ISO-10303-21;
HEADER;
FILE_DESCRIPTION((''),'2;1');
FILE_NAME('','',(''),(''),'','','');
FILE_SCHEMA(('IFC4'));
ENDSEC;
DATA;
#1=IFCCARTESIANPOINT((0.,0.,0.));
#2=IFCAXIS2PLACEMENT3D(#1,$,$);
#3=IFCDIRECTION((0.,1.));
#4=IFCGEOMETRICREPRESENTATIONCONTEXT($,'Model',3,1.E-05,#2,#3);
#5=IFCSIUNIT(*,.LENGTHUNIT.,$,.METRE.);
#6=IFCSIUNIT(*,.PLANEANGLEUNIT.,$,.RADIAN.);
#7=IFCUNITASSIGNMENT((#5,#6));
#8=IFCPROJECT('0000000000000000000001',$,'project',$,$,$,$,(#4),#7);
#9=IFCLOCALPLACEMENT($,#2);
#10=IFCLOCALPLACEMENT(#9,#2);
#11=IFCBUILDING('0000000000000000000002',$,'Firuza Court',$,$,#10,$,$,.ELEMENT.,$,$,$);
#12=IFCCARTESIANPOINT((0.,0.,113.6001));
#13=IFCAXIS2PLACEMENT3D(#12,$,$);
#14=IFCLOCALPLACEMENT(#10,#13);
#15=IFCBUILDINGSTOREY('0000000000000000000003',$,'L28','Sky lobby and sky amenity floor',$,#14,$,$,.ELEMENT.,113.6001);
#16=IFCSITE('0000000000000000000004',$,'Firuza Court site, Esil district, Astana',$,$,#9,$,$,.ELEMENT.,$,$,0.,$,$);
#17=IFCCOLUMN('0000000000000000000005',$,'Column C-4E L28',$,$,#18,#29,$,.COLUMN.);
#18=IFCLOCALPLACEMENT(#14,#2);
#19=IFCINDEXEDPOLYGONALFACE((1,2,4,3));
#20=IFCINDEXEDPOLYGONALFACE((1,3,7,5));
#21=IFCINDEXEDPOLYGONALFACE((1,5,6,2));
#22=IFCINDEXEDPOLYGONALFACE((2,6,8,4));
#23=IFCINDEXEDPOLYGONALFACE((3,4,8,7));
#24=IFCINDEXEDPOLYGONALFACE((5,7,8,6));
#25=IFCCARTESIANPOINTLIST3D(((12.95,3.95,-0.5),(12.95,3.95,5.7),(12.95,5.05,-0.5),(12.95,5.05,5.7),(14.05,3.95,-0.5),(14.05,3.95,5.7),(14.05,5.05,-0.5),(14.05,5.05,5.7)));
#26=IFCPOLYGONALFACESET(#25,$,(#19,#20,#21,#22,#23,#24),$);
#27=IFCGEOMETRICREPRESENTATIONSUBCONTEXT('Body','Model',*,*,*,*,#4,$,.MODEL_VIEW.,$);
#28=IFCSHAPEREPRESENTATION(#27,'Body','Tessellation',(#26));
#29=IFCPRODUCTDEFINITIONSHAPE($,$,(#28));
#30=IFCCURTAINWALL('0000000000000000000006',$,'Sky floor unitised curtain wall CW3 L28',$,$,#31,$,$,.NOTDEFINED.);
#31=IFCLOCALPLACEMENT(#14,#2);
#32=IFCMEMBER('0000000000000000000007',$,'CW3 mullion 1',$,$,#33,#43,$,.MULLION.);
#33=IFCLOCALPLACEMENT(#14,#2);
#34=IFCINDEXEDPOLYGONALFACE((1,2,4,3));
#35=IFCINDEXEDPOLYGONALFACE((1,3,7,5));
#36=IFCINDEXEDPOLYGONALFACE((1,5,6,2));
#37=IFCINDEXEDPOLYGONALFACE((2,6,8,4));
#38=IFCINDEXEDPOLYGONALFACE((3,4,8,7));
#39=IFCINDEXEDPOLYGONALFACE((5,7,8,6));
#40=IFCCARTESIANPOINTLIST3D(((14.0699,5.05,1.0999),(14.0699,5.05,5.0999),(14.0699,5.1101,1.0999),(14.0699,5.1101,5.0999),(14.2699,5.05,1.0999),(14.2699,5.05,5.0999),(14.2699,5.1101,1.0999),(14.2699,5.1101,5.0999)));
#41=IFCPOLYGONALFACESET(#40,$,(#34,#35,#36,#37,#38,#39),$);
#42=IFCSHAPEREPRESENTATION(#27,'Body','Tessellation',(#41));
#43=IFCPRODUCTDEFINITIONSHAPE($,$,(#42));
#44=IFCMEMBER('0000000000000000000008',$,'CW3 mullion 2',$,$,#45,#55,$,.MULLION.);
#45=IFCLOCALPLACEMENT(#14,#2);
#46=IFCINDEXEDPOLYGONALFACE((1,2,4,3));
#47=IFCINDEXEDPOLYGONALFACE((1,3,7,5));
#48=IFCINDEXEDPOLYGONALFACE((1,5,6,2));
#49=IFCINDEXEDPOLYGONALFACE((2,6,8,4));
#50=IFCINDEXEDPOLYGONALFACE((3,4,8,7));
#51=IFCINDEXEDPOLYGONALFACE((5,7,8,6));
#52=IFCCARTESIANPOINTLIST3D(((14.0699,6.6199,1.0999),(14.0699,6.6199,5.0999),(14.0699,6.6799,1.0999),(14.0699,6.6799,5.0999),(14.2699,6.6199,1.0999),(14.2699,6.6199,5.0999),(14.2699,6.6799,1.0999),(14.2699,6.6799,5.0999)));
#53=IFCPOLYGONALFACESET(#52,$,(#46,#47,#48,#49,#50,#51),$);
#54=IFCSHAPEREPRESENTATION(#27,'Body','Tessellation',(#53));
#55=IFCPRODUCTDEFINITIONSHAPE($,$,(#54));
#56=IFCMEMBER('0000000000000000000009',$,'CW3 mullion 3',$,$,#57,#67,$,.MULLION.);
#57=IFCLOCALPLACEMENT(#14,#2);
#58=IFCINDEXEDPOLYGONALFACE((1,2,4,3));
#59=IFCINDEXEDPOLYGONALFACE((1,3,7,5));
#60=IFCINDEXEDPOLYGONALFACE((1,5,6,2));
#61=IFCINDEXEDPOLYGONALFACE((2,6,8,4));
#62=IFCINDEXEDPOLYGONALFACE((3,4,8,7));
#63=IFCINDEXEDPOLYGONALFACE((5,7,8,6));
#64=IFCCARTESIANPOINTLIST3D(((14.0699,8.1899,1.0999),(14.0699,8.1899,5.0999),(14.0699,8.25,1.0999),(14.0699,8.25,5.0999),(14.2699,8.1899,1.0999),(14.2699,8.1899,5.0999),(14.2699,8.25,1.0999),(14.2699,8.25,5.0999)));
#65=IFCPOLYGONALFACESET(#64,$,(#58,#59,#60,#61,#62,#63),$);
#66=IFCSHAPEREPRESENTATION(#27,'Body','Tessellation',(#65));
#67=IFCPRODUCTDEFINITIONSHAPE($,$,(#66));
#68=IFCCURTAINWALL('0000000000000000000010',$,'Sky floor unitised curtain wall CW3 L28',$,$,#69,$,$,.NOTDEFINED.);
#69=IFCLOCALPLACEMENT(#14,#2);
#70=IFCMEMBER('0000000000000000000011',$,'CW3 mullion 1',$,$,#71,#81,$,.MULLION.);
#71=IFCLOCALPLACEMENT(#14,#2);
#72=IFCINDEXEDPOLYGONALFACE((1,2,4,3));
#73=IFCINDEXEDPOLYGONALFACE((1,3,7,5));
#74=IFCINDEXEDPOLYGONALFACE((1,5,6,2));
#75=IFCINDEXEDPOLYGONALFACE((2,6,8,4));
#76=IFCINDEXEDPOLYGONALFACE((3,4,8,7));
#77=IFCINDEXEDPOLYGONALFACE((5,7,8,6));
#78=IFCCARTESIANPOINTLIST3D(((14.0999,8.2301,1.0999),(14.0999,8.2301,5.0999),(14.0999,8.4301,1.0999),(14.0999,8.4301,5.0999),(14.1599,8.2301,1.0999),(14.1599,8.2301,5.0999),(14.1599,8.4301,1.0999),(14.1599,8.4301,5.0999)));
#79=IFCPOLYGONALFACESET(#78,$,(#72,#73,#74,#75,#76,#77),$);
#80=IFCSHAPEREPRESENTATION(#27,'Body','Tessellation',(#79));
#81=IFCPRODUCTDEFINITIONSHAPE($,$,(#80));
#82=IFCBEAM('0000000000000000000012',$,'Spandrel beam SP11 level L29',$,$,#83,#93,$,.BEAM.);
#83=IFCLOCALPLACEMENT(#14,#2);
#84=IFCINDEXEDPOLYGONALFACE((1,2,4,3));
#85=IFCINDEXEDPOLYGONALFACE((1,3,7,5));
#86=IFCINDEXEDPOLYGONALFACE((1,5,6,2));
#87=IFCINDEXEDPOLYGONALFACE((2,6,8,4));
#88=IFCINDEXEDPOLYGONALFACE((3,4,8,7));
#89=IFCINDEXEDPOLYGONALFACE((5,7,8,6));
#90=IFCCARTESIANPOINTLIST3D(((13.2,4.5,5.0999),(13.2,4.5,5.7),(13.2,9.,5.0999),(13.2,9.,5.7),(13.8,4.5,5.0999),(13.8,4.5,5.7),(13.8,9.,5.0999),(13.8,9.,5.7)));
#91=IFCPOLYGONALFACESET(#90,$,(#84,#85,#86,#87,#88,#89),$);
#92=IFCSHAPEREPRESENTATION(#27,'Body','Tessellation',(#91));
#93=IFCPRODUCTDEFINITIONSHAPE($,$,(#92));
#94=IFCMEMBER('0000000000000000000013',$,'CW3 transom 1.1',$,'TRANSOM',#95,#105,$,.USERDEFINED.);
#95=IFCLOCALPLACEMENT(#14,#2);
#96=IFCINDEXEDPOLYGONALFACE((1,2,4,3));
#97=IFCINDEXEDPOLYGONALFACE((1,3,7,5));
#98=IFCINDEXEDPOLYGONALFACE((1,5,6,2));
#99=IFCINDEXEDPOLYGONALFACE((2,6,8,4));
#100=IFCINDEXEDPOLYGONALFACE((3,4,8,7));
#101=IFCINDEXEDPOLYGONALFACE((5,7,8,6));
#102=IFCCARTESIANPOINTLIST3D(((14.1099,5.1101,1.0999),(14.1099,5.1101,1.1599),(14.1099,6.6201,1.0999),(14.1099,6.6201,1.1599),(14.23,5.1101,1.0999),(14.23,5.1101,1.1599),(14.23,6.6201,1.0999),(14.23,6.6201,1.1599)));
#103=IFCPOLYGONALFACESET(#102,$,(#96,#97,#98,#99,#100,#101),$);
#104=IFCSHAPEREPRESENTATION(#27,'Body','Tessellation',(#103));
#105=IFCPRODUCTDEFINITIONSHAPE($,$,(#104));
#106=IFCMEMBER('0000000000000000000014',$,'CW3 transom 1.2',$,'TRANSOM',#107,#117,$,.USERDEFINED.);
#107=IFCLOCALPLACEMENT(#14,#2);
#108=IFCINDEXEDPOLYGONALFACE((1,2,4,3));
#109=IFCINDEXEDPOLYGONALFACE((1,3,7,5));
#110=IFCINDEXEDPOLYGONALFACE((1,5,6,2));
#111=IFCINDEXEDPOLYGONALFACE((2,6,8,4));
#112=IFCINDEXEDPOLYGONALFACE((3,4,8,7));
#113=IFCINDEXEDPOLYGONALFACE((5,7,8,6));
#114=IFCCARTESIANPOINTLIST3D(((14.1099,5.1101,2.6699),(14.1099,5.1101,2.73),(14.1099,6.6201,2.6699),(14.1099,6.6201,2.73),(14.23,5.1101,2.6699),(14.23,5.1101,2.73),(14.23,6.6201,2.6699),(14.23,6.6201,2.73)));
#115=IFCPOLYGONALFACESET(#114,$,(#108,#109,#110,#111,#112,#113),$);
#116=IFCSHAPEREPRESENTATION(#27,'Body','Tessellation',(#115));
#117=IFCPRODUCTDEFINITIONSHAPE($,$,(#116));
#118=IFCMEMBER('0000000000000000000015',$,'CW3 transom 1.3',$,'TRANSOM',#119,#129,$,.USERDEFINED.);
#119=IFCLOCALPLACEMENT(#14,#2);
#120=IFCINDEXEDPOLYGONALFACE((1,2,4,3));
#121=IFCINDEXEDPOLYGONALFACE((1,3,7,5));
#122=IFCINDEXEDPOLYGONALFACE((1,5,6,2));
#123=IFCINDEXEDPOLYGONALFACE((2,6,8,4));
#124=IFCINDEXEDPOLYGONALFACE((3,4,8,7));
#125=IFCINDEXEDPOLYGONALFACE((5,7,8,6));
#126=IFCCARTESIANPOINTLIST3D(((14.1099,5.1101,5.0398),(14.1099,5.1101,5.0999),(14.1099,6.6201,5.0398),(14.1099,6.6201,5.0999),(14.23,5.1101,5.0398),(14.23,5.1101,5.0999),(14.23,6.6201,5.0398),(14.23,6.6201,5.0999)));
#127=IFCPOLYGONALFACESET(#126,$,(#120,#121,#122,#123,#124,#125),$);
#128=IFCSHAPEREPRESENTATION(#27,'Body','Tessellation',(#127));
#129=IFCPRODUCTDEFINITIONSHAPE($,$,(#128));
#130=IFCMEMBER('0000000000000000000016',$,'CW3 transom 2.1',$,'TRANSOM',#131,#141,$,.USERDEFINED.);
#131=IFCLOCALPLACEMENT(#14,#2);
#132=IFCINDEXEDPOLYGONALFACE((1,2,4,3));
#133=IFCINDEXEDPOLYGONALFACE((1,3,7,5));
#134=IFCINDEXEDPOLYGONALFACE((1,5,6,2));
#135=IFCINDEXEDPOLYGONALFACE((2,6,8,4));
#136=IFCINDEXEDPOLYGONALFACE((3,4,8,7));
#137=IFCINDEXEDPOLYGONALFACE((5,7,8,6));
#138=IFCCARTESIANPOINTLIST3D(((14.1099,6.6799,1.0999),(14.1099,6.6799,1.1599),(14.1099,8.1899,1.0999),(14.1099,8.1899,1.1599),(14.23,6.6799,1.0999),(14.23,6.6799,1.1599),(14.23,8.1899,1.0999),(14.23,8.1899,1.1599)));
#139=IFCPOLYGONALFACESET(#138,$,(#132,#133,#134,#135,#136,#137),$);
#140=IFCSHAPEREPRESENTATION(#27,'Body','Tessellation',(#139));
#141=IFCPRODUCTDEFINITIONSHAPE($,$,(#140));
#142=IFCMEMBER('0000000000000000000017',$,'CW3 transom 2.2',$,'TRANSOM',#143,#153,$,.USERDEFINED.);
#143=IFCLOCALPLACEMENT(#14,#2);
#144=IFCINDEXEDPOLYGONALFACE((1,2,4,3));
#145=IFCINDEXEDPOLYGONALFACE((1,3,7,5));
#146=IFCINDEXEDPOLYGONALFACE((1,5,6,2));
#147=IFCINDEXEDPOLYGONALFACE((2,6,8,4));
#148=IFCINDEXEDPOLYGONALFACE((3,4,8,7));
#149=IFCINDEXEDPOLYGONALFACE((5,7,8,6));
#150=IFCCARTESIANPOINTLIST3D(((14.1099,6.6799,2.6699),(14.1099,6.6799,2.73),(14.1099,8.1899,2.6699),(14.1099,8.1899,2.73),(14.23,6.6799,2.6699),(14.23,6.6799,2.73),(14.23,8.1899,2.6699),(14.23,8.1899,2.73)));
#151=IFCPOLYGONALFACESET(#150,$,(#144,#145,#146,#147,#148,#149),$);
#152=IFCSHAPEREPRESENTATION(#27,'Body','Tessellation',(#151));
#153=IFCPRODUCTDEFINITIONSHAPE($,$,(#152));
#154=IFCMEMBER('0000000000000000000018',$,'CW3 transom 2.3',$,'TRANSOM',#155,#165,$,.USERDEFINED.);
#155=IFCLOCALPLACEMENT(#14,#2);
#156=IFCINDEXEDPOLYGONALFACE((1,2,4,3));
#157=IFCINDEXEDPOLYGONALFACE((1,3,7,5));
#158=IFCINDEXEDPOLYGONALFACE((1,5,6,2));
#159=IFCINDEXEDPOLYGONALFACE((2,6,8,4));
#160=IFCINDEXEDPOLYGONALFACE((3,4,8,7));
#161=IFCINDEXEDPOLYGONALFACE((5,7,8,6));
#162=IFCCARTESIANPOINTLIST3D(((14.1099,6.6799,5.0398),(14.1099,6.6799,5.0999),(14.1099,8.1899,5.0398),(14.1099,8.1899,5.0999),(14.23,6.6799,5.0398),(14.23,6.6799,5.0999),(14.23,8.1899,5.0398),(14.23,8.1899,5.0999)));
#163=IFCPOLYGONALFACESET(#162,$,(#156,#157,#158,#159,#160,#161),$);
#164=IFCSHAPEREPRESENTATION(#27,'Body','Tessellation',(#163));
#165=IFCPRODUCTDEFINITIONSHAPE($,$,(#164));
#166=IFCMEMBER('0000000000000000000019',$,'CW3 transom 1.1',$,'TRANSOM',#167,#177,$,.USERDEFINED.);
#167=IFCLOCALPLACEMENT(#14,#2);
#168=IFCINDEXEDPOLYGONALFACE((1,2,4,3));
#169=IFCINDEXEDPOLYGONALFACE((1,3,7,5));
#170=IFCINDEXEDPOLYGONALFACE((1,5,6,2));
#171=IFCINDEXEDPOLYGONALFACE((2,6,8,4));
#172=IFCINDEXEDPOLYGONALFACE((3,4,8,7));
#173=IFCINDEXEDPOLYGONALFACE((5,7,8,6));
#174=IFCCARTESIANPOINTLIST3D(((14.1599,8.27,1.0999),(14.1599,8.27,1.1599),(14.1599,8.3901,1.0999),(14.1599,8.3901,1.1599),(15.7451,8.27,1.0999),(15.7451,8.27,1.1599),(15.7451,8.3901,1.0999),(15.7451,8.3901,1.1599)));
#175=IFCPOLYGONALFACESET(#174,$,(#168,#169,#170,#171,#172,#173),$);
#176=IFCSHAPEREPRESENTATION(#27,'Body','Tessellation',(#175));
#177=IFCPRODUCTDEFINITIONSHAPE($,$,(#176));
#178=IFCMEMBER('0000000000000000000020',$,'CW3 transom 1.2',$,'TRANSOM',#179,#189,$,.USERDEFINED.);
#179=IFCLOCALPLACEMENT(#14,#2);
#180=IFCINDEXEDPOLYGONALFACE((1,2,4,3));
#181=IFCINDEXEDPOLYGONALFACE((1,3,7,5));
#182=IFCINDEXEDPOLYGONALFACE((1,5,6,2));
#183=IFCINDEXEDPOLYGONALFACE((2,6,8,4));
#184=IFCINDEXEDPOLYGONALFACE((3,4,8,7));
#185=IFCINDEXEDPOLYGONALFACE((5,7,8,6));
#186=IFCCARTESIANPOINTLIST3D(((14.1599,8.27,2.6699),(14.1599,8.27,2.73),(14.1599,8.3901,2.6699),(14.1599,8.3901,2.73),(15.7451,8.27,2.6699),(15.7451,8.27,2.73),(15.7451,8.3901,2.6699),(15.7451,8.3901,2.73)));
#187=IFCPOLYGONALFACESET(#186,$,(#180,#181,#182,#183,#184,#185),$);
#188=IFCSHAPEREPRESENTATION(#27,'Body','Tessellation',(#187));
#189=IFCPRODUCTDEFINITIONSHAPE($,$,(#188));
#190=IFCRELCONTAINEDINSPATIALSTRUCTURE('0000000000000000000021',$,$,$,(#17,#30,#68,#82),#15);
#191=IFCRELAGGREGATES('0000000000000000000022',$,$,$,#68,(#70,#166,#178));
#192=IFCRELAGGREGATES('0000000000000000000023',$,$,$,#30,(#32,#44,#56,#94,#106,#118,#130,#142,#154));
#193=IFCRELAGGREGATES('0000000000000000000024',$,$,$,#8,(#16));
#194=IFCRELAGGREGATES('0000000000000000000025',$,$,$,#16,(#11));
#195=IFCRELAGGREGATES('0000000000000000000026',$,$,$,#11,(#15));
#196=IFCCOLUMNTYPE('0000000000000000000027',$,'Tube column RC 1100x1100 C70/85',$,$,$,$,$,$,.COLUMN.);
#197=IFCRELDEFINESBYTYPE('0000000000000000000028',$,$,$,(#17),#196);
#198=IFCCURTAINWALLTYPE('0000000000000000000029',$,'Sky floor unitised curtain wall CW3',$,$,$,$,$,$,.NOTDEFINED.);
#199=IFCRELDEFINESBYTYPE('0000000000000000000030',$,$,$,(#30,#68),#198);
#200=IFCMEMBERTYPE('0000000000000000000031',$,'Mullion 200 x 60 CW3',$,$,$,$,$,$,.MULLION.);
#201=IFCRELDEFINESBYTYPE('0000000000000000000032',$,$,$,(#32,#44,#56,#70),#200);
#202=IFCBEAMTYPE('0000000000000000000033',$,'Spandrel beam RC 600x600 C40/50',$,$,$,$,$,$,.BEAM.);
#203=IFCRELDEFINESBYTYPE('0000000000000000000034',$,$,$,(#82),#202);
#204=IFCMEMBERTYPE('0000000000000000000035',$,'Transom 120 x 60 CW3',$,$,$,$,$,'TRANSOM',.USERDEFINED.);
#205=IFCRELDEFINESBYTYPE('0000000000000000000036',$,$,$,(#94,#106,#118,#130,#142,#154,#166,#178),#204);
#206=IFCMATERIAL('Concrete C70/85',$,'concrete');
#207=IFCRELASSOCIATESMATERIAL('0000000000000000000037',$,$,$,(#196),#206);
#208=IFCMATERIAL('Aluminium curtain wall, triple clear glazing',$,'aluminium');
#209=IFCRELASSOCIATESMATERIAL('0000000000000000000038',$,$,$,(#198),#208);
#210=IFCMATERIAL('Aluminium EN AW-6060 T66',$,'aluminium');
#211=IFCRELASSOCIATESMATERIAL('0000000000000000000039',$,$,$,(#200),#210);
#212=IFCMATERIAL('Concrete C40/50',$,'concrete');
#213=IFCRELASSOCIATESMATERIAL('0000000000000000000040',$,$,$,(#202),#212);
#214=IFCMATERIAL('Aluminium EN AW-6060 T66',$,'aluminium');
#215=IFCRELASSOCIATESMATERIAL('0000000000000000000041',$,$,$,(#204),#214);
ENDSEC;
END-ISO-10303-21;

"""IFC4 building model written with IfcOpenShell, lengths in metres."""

from ifc_helpers import new_model, si_unit, direction, frame, origin, origin_2d, place, context, subcontext, project, spatial, rectangle, extrude, material, material_profile, profile_set, type_object, element, aggregate, save


model = new_model("IFC4")

# Units and contexts
model_context = context("Model", 3, precision=1e-05, world=origin(), true_north=direction((0.0, 1.0)))
body_context = subcontext(model_context, "Body", "Model", "MODEL_VIEW")
ifc_project = project(units=[si_unit("LENGTHUNIT", "METRE"), si_unit("PLANEANGLEUNIT", "RADIAN")], contexts=[model_context])

# Site, building, storey
site_placement = place(None, origin())
site = spatial("IfcSite", under=ifc_project, at=site_placement, Name="Firuza Court site, Esil district, Astana", CompositionType="ELEMENT", RefElevation=0.0)
building_placement = place(site_placement, origin())
building = spatial("IfcBuilding", under=site, at=building_placement, Name="Firuza Court", CompositionType="ELEMENT")
storey_placement = place(building_placement, frame((0.0, 0.0, 113.6001)))
storey = spatial("IfcBuildingStorey", under=building, at=storey_placement, Name="L28", Description="Sky lobby and sky amenity floor", CompositionType="ELEMENT", Elevation=113.6001)

# Column
ifc_material_1 = material(Name="Concrete C70/85", Category="concrete")
ifc_material_profile_1 = material_profile(ifc_material_1, rectangle(XDim=1.1001, YDim=1.1001, at=origin_2d()), Name="RC 1100x1100")
ifc_profile_set_1 = profile_set([ifc_material_profile_1], Name="Concrete C70/85")
column_type = type_object("IfcColumnType", Name="Tube column RC 1100x1100 C70/85", PredefinedType="COLUMN", material=ifc_profile_set_1)
column_placement = place(storey_placement, frame((13.5, 4.5, -0.5), z_axis=(0.0, 0.0, 1.0), x_axis=(1.0, 0.0, 0.0)))
element("IfcColumn", 1, at=column_placement, inside=storey, type_object=column_type, Name="Column C-4E L28", PredefinedType="COLUMN", context=body_context, shape_type="SweptSolid", body=[
    extrude(rectangle(XDim=1.1001, YDim=1.1001, at=origin_2d()), origin(), (0.0, 0.0, 1.0), 6.2),
])

# Curtain wall, members
ifc_material_2 = material(Name="Aluminium curtain wall, triple clear glazing", Category="aluminium")
curtain_wall_type = type_object("IfcCurtainWallType", Name="Sky floor unitised curtain wall CW3", PredefinedType="NOTDEFINED", material=ifc_material_2)
curtain_wall_1_placement = place(storey_placement, origin())
curtain_wall_1 = element("IfcCurtainWall", 2, at=curtain_wall_1_placement, inside=storey, type_object=curtain_wall_type, Name="Sky floor unitised curtain wall CW3 L28", PredefinedType="NOTDEFINED")
ifc_material_3 = material(Name="Aluminium EN AW-6060 T66", Category="aluminium")
ifc_material_profile_2 = material_profile(ifc_material_3, rectangle(XDim=0.2, YDim=0.0601, at=origin_2d()), Name="Mullion 200 x 60 CW3")
ifc_profile_set_2 = profile_set([ifc_material_profile_2], Name="Aluminium EN AW-6060 T66")
member_type_1 = type_object("IfcMemberType", Name="Mullion 200 x 60 CW3", PredefinedType="MULLION", material=ifc_profile_set_2)
member_1_placement = place(storey_placement, frame((14.1699, 5.0801, 1.0999), z_axis=(0.0, 0.0, 1.0), x_axis=(-1.0, 0.0, 0.0)))
member_1 = element("IfcMember", 3, at=member_1_placement, type_object=member_type_1, Name="CW3 mullion 1", PredefinedType="MULLION", context=body_context, shape_type="SweptSolid", body=[
    extrude(rectangle(XDim=0.2, YDim=0.0601, at=origin_2d()), origin(), (0.0, 0.0, 1.0), 4.0),
])
member_2_placement = place(storey_placement, frame((14.1699, 6.6499, 1.0999), z_axis=(0.0, 0.0, 1.0), x_axis=(-1.0, 0.0, 0.0)))
member_2 = element("IfcMember", 4, at=member_2_placement, type_object=member_type_1, Name="CW3 mullion 2", PredefinedType="MULLION", context=body_context, shape_type="SweptSolid", body=[
    extrude(rectangle(XDim=0.2, YDim=0.0601, at=origin_2d()), origin(), (0.0, 0.0, 1.0), 4.0),
])
member_3_placement = place(storey_placement, frame((14.1699, 8.22, 1.0999), z_axis=(0.0, 0.0, 1.0), x_axis=(-1.0, 0.0, 0.0)))
member_3 = element("IfcMember", 5, at=member_3_placement, type_object=member_type_1, Name="CW3 mullion 3", PredefinedType="MULLION", context=body_context, shape_type="SweptSolid", body=[
    extrude(rectangle(XDim=0.2, YDim=0.0601, at=origin_2d()), origin(), (0.0, 0.0, 1.0), 4.0),
])

# Curtain wall, member
curtain_wall_2_placement = place(storey_placement, origin())
curtain_wall_2 = element("IfcCurtainWall", 6, at=curtain_wall_2_placement, inside=storey, type_object=curtain_wall_type, Name="Sky floor unitised curtain wall CW3 L28", PredefinedType="NOTDEFINED")
member_4_placement = place(storey_placement, frame((14.1299, 8.3301, 1.0999), z_axis=(0.0, 0.0, 1.0), x_axis=(0.0, 1.0, 0.0)))
member_4 = element("IfcMember", 7, at=member_4_placement, type_object=member_type_1, Name="CW3 mullion 1", PredefinedType="MULLION", context=body_context, shape_type="SweptSolid", body=[
    extrude(rectangle(XDim=0.2, YDim=0.0601, at=origin_2d()), origin(), (0.0, 0.0, 1.0), 4.0),
])

# Beam
ifc_material_4 = material(Name="Concrete C40/50", Category="concrete")
ifc_material_profile_3 = material_profile(ifc_material_4, rectangle(XDim=0.6001, YDim=0.6001, at=origin_2d()), Name="RC 600x600")
ifc_profile_set_3 = profile_set([ifc_material_profile_3], Name="Concrete C40/50")
beam_type = type_object("IfcBeamType", Name="Spandrel beam RC 600x600 C40/50", PredefinedType="BEAM", material=ifc_profile_set_3)
beam_placement = place(storey_placement, frame((13.5, 4.5, 5.3999), z_axis=(0.0, 1.0, 0.0), x_axis=(-1.0, 0.0, 0.0)))
element("IfcBeam", 8, at=beam_placement, inside=storey, type_object=beam_type, Name="Spandrel beam SP11 level L29", PredefinedType="BEAM", context=body_context, shape_type="SweptSolid", body=[
    extrude(rectangle(XDim=0.6001, YDim=0.6001, at=origin_2d()), origin(), (0.0, 0.0, 1.0), 4.5),
])

# Members
ifc_material_5 = material(Name="Aluminium EN AW-6060 T66", Category="aluminium")
ifc_material_profile_4 = material_profile(ifc_material_5, rectangle(XDim=0.1201, YDim=0.0601, at=origin_2d()), Name="Transom 120 x 60 CW3")
ifc_profile_set_4 = profile_set([ifc_material_profile_4], Name="Aluminium EN AW-6060 T66")
member_type_2 = type_object("IfcMemberType", Name="Transom 120 x 60 CW3", ElementType="TRANSOM", PredefinedType="USERDEFINED", material=ifc_profile_set_4)
member_5_placement = place(storey_placement, frame((14.1699, 5.1101, 1.1299), z_axis=(0.0, 1.0, 0.0), x_axis=(-1.0, 0.0, 0.0)))
member_5 = element("IfcMember", 9, at=member_5_placement, type_object=member_type_2, Name="CW3 transom 1.1", ObjectType="TRANSOM", PredefinedType="USERDEFINED", context=body_context, shape_type="SweptSolid", body=[
    extrude(rectangle(XDim=0.1201, YDim=0.0601, at=origin_2d()), origin(), (0.0, 0.0, 1.0), 1.51),
])
member_6_placement = place(storey_placement, frame((14.1699, 5.1101, 2.7), z_axis=(0.0, 1.0, 0.0), x_axis=(-1.0, 0.0, 0.0)))
member_6 = element("IfcMember", 10, at=member_6_placement, type_object=member_type_2, Name="CW3 transom 1.2", ObjectType="TRANSOM", PredefinedType="USERDEFINED", context=body_context, shape_type="SweptSolid", body=[
    extrude(rectangle(XDim=0.1201, YDim=0.0601, at=origin_2d()), origin(), (0.0, 0.0, 1.0), 1.51),
])
member_7_placement = place(storey_placement, frame((14.1699, 5.1101, 5.0698), z_axis=(0.0, 1.0, 0.0), x_axis=(-1.0, 0.0, 0.0)))
member_7 = element("IfcMember", 11, at=member_7_placement, type_object=member_type_2, Name="CW3 transom 1.3", ObjectType="TRANSOM", PredefinedType="USERDEFINED", context=body_context, shape_type="SweptSolid", body=[
    extrude(rectangle(XDim=0.1201, YDim=0.0601, at=origin_2d()), origin(), (0.0, 0.0, 1.0), 1.51),
])
member_8_placement = place(storey_placement, frame((14.1699, 6.6799, 1.1299), z_axis=(0.0, 1.0, 0.0), x_axis=(-1.0, 0.0, 0.0)))
member_8 = element("IfcMember", 12, at=member_8_placement, type_object=member_type_2, Name="CW3 transom 2.1", ObjectType="TRANSOM", PredefinedType="USERDEFINED", context=body_context, shape_type="SweptSolid", body=[
    extrude(rectangle(XDim=0.1201, YDim=0.0601, at=origin_2d()), origin(), (0.0, 0.0, 1.0), 1.51),
])
member_9_placement = place(storey_placement, frame((14.1699, 6.6799, 2.7), z_axis=(0.0, 1.0, 0.0), x_axis=(-1.0, 0.0, 0.0)))
member_9 = element("IfcMember", 13, at=member_9_placement, type_object=member_type_2, Name="CW3 transom 2.2", ObjectType="TRANSOM", PredefinedType="USERDEFINED", context=body_context, shape_type="SweptSolid", body=[
    extrude(rectangle(XDim=0.1201, YDim=0.0601, at=origin_2d()), origin(), (0.0, 0.0, 1.0), 1.51),
])
member_10_placement = place(storey_placement, frame((14.1699, 6.6799, 5.0698), z_axis=(0.0, 1.0, 0.0), x_axis=(-1.0, 0.0, 0.0)))
member_10 = element("IfcMember", 14, at=member_10_placement, type_object=member_type_2, Name="CW3 transom 2.3", ObjectType="TRANSOM", PredefinedType="USERDEFINED", context=body_context, shape_type="SweptSolid", body=[
    extrude(rectangle(XDim=0.1201, YDim=0.0601, at=origin_2d()), origin(), (0.0, 0.0, 1.0), 1.51),
])
member_11_placement = place(storey_placement, frame((14.1599, 8.3301, 1.1299), z_axis=(1.0, 0.0, 0.0), x_axis=(0.0, 1.0, 0.0)))
member_11 = element("IfcMember", 15, at=member_11_placement, type_object=member_type_2, Name="CW3 transom 1.1", ObjectType="TRANSOM", PredefinedType="USERDEFINED", context=body_context, shape_type="SweptSolid", body=[
    extrude(rectangle(XDim=0.1201, YDim=0.0601, at=origin_2d()), origin(), (0.0, 0.0, 1.0), 1.5852),
])
member_12_placement = place(storey_placement, frame((14.1599, 8.3301, 2.7), z_axis=(1.0, 0.0, 0.0), x_axis=(0.0, 1.0, 0.0)))
member_12 = element("IfcMember", 16, at=member_12_placement, type_object=member_type_2, Name="CW3 transom 1.2", ObjectType="TRANSOM", PredefinedType="USERDEFINED", context=body_context, shape_type="SweptSolid", body=[
    extrude(rectangle(XDim=0.1201, YDim=0.0601, at=origin_2d()), origin(), (0.0, 0.0, 1.0), 1.5852),
])
aggregate(curtain_wall_2, [member_4, member_11, member_12])

aggregate(curtain_wall_1, [member_1, member_2, member_3, member_5, member_6, member_7, member_8, member_9, member_10])

save(model, "model.ifc")
